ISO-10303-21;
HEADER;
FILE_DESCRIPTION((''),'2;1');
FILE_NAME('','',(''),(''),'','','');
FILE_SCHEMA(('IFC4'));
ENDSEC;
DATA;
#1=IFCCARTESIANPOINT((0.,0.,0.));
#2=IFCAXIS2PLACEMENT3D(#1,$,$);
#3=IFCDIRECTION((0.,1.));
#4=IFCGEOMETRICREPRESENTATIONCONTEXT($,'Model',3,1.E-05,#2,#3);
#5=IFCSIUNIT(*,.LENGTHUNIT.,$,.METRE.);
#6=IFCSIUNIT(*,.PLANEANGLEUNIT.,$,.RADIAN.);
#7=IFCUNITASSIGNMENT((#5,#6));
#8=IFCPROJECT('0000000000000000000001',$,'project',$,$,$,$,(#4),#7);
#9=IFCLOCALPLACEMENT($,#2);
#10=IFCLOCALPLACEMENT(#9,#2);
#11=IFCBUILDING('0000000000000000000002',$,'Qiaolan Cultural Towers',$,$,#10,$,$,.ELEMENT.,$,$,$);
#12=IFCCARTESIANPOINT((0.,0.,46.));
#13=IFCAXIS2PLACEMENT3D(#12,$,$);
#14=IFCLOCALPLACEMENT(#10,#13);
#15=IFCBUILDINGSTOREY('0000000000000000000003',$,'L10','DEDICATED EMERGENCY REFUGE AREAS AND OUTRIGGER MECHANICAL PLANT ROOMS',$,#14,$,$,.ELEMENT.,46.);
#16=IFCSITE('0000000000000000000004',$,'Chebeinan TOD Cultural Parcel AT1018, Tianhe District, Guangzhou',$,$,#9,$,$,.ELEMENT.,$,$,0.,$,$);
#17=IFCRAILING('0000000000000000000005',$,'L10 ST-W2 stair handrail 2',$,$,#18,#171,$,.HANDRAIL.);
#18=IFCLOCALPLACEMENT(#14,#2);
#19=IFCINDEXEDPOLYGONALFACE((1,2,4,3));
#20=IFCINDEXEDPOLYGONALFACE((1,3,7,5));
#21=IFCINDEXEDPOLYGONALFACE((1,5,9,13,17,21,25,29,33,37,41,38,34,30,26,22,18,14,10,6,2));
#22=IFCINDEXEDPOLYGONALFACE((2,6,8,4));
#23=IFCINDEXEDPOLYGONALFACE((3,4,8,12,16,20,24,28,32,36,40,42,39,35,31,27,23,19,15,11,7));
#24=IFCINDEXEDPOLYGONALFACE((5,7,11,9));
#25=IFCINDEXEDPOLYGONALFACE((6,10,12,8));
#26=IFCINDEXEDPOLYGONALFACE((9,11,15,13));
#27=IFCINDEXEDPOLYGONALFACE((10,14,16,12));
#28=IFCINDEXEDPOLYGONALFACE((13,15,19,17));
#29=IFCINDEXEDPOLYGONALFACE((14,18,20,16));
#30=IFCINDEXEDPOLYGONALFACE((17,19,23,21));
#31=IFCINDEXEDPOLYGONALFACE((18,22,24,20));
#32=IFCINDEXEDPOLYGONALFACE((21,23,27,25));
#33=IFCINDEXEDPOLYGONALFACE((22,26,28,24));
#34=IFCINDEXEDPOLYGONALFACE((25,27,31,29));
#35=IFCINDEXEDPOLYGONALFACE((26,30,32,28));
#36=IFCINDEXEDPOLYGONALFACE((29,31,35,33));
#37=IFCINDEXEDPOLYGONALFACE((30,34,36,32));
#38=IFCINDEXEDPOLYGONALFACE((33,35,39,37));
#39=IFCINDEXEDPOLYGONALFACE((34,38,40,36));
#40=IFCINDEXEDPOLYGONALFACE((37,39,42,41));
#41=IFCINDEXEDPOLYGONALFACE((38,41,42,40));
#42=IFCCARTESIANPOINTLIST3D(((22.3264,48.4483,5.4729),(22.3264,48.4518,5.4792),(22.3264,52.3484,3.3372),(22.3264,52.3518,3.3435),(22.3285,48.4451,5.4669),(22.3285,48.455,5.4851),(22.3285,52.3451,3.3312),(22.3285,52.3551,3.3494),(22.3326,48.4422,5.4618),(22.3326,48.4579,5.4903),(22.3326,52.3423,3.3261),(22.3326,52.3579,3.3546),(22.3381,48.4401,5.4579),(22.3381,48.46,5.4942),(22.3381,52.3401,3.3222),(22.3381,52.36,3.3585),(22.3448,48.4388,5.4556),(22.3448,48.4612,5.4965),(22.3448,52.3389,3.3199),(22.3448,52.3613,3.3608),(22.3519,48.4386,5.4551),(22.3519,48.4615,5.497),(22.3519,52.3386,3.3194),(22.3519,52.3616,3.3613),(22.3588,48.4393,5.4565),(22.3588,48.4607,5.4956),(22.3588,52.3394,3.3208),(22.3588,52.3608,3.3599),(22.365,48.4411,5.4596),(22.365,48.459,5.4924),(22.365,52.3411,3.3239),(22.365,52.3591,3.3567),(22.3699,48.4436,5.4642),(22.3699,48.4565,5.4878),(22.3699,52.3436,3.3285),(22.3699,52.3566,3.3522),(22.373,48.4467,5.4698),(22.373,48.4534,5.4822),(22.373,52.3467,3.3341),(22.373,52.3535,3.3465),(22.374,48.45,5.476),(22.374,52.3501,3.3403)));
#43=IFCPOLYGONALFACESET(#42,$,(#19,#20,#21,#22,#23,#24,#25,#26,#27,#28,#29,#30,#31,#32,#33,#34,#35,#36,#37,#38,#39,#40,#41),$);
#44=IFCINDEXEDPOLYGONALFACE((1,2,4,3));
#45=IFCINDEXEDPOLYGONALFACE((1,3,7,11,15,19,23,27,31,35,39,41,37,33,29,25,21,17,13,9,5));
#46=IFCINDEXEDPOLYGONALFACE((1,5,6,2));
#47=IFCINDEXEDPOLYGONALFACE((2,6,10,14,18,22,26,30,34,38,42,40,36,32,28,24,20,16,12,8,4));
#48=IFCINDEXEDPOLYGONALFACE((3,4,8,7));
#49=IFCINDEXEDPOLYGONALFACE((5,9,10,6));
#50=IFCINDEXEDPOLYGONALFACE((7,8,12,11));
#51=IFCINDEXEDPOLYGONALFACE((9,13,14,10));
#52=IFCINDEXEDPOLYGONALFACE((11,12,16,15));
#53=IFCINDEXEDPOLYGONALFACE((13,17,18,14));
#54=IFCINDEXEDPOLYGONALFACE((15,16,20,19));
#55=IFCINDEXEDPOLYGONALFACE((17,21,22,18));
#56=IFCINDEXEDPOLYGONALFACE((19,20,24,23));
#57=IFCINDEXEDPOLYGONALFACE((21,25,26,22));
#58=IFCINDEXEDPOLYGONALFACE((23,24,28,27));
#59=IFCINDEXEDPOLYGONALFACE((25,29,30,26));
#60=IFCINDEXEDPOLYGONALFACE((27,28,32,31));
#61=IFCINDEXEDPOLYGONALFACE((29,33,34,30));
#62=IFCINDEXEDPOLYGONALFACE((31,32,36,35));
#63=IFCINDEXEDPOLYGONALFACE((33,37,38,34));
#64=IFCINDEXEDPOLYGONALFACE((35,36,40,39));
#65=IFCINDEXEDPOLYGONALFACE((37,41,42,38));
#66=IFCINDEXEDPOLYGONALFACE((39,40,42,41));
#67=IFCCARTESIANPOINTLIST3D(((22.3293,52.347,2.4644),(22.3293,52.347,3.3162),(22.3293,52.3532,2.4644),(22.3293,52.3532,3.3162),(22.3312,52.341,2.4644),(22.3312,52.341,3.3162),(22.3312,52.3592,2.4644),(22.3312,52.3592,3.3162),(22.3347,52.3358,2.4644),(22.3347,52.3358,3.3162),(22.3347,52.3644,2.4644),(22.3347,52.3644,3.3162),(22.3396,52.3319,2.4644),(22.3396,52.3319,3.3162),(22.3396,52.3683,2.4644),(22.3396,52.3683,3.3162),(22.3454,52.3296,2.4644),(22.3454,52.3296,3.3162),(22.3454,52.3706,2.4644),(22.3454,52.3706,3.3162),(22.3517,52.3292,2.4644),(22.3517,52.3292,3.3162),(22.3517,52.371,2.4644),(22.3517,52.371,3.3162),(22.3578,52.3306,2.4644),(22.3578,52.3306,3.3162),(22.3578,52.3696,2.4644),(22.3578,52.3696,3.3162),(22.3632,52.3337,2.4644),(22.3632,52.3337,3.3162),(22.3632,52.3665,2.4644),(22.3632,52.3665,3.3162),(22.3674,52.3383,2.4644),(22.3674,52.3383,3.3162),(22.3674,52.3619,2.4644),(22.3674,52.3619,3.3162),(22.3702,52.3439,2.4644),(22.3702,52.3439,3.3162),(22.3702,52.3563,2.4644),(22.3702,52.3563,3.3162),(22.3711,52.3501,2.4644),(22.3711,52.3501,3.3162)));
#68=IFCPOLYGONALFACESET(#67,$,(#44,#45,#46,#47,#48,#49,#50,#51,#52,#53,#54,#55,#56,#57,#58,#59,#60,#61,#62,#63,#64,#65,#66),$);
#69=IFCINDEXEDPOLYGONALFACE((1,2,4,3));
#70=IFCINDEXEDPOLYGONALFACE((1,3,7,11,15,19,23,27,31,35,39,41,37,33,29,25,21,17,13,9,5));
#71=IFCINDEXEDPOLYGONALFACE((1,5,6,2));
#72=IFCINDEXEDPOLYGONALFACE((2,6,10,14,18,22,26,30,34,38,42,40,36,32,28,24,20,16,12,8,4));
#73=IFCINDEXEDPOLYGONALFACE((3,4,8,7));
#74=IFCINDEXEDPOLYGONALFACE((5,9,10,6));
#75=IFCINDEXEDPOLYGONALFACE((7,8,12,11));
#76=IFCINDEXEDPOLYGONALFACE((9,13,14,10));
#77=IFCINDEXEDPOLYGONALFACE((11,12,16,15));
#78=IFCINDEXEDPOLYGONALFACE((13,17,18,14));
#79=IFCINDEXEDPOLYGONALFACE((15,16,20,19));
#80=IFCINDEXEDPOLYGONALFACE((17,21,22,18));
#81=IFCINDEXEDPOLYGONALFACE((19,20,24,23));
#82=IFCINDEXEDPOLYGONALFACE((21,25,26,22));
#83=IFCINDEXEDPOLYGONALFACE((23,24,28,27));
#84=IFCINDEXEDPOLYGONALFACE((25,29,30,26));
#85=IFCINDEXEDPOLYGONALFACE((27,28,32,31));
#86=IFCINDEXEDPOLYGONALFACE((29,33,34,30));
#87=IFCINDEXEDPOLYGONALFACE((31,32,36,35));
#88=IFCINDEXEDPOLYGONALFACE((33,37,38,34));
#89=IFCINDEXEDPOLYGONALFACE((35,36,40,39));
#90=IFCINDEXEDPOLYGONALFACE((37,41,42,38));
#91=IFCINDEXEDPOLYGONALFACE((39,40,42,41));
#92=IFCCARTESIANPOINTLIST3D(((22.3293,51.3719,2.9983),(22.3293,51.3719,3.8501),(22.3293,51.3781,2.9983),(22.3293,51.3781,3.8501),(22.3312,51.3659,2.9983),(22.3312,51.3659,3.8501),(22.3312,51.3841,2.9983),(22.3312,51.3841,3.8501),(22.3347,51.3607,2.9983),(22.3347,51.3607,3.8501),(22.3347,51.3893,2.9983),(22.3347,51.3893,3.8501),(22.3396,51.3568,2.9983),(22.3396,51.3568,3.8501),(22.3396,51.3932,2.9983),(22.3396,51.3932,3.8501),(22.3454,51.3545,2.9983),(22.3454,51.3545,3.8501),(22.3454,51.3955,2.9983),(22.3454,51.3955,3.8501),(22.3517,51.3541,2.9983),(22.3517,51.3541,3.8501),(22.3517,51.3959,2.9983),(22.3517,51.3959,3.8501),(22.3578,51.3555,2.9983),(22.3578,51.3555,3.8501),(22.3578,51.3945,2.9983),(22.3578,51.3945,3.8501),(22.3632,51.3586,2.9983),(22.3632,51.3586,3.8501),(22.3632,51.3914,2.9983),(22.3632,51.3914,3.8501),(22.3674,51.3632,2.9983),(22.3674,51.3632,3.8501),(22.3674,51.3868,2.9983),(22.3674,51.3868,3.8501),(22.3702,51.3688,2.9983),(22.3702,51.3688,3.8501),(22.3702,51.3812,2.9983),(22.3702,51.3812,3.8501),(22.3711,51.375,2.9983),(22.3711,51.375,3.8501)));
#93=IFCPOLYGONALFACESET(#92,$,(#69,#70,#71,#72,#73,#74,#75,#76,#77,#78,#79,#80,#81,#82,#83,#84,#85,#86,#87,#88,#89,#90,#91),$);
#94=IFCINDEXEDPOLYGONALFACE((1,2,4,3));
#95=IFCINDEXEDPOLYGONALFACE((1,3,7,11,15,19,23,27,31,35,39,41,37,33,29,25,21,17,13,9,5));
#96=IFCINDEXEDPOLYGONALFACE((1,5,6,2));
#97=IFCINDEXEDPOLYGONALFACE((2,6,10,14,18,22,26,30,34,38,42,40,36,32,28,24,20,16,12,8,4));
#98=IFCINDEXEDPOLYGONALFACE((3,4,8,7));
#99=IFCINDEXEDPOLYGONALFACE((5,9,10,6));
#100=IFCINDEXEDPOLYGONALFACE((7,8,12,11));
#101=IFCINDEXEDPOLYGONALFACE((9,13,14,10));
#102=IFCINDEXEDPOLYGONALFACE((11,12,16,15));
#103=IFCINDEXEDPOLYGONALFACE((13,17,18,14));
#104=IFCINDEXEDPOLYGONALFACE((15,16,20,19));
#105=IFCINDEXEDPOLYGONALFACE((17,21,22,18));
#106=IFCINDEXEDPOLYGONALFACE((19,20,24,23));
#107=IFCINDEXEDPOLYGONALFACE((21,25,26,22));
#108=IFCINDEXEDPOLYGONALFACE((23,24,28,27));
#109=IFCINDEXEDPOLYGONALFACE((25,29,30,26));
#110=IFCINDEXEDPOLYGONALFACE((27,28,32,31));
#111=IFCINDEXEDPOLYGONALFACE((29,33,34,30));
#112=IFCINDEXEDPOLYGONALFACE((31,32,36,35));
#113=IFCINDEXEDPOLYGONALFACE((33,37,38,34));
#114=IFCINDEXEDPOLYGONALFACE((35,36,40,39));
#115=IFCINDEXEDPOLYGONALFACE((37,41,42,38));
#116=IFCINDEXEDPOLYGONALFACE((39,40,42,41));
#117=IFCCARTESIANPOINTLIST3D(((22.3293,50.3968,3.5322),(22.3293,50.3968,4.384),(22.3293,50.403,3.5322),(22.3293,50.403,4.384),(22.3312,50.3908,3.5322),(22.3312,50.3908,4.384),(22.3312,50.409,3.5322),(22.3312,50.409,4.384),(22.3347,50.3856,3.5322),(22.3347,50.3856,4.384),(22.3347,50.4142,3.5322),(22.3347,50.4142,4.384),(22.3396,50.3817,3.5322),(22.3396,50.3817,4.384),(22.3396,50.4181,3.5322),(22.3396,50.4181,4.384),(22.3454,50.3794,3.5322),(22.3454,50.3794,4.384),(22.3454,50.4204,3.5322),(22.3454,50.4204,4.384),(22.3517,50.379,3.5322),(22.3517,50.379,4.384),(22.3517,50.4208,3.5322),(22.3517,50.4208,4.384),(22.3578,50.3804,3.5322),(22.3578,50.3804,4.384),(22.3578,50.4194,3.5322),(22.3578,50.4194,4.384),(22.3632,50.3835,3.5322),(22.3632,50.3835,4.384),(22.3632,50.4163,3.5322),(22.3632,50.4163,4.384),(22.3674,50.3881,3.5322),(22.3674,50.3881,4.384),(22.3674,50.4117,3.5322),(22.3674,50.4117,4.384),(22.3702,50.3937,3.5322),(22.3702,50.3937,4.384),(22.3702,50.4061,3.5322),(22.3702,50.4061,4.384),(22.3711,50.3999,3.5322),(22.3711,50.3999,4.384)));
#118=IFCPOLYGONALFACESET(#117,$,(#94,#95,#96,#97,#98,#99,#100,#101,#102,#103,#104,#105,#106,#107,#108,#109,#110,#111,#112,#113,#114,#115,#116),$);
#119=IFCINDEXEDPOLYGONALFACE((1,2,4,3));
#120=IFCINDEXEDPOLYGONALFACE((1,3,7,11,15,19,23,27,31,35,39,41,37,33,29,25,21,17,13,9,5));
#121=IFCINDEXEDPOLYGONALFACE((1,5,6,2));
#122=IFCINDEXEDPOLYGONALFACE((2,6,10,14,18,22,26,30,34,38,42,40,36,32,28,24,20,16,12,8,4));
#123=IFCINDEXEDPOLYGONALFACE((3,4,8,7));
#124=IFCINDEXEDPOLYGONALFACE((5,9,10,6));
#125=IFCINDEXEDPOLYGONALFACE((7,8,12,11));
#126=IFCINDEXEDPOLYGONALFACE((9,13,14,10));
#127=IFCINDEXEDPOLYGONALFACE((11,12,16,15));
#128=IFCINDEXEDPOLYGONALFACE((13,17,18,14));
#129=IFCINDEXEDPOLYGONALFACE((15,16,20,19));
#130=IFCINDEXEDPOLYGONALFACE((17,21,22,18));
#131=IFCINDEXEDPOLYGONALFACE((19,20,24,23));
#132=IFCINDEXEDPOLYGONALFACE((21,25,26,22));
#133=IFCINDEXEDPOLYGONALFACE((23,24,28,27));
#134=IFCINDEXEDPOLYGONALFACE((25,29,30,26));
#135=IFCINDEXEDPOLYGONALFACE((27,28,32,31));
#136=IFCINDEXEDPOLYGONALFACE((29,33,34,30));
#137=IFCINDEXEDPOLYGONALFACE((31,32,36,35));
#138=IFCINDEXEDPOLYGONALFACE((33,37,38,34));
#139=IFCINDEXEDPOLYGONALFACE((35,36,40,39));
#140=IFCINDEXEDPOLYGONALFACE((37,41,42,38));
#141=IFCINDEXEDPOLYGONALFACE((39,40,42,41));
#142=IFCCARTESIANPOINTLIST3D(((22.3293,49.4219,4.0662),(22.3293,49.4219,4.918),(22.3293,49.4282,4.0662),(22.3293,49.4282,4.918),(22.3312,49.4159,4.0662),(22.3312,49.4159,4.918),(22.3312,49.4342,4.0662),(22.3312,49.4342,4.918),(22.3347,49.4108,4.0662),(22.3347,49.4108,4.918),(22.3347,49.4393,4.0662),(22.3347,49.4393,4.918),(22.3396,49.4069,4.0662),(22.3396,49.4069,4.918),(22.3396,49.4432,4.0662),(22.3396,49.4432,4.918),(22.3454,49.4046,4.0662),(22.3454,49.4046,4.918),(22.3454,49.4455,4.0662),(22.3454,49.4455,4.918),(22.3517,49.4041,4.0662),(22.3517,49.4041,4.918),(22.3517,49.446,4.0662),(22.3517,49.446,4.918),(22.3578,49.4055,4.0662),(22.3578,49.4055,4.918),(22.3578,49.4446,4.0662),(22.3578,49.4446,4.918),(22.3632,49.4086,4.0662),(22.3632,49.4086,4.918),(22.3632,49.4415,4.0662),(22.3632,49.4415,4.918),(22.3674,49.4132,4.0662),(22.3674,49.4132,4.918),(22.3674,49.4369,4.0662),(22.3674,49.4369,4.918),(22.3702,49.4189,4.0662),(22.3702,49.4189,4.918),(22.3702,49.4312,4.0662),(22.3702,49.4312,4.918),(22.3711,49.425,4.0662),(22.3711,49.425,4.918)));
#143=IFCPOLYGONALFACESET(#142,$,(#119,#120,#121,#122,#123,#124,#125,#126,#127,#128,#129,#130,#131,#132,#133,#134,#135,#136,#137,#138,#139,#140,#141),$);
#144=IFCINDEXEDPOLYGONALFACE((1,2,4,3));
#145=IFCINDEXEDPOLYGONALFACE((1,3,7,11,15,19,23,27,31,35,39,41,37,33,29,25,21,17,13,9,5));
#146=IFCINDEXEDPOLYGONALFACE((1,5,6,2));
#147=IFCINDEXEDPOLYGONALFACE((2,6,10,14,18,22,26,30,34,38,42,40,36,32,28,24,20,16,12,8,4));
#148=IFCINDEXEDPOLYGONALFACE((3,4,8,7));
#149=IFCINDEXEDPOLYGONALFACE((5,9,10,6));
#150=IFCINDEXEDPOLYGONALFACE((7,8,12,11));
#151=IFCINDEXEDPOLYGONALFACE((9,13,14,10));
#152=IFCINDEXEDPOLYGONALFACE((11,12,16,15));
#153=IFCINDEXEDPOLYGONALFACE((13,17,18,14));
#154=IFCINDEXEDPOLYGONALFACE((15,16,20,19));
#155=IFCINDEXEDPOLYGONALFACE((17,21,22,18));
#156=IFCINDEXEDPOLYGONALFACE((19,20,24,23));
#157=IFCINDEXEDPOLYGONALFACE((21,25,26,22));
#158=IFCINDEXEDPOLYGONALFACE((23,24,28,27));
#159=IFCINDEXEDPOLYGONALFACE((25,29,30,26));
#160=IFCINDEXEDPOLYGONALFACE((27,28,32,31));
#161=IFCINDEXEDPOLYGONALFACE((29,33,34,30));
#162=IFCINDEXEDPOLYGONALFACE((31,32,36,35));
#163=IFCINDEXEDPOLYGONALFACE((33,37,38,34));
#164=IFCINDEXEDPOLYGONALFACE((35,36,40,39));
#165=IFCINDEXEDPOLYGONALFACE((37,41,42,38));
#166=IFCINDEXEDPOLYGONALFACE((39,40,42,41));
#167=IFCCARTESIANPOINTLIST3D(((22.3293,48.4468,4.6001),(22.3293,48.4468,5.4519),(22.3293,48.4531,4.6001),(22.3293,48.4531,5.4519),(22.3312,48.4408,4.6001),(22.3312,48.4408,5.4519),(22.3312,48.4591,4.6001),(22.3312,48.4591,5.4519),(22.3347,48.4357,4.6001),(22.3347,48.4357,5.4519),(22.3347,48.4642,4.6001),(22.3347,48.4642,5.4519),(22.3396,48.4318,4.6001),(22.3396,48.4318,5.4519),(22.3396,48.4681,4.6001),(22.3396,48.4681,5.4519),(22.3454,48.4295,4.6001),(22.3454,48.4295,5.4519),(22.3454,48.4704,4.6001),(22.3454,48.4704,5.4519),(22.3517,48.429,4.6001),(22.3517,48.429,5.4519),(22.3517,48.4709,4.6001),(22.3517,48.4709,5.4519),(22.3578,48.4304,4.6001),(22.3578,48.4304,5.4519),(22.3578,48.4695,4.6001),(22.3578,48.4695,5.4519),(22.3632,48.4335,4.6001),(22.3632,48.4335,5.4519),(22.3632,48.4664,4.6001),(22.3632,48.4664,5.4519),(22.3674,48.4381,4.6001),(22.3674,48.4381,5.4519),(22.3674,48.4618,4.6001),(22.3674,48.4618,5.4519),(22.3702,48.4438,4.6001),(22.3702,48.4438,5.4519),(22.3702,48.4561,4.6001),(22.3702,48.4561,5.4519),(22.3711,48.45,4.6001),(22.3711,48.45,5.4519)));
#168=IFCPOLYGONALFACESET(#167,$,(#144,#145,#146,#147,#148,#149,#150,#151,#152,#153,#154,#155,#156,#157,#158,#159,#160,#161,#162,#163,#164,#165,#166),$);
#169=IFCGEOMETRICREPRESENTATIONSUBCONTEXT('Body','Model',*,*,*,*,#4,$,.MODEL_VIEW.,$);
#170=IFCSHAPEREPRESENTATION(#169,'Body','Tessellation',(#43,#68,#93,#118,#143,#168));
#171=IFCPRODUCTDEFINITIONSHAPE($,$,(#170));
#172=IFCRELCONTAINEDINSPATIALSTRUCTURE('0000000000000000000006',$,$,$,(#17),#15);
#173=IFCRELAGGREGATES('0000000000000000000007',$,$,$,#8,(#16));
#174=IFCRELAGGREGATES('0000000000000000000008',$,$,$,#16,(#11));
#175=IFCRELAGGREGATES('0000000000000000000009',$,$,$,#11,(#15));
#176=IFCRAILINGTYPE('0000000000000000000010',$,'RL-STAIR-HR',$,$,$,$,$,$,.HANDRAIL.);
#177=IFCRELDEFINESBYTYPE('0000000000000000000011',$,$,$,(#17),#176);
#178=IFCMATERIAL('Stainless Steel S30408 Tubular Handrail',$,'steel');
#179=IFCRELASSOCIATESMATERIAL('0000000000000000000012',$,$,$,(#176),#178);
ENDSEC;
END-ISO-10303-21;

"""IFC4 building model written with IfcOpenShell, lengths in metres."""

from ifc_helpers import new_model, si_unit, direction, frame, origin, origin_2d, place, context, subcontext, project, spatial, circle, extrude, material, type_object, element, save


model = new_model("IFC4")

# Units and contexts
model_context = context("Model", 3, precision=1e-05, world=origin(), true_north=direction((0.0, 1.0)))
body_context = subcontext(model_context, "Body", "Model", "MODEL_VIEW")
ifc_project = project(units=[si_unit("LENGTHUNIT", "METRE"), si_unit("PLANEANGLEUNIT", "RADIAN")], contexts=[model_context])

# Site, building, storey
site_placement = place(None, origin())
site = spatial("IfcSite", under=ifc_project, at=site_placement, Name="Chebeinan TOD Cultural Parcel AT1018, Tianhe District, Guangzhou", CompositionType="ELEMENT", RefElevation=0.0)
building_placement = place(site_placement, origin())
building = spatial("IfcBuilding", under=site, at=building_placement, Name="Qiaolan Cultural Towers", CompositionType="ELEMENT")
storey_placement = place(building_placement, frame((0.0, 0.0, 46.0)))
storey = spatial("IfcBuildingStorey", under=building, at=storey_placement, Name="L10", Description="DEDICATED EMERGENCY REFUGE AREAS AND OUTRIGGER MECHANICAL PLANT ROOMS", CompositionType="ELEMENT", Elevation=46.0)

# Railing
ifc_material_1 = material(Name="Stainless Steel S30408 Tubular Handrail", Category="steel")
railing_type_1 = type_object("IfcRailingType", Name="RL-STAIR-HR", PredefinedType="HANDRAIL", material=ifc_material_1)
railing_1_placement = place(storey_placement, frame((22.3501, 52.3501, 2.4644)))
element("IfcRailing", 1, at=railing_1_placement, inside=storey, type_object=railing_type_1, Name="L10 ST-W2 stair handrail 2", PredefinedType="HANDRAIL", context=body_context, shape_type="SweptSolid", body=[
    extrude(circle(Radius=0.0239, at=origin_2d()), frame((0.0, 0.0, 0.876), z_axis=(0.0, -0.877101, 0.480306), x_axis=(1.0, 0.0, 0.0)), (0.0, 0.0, 1.0), 4.4465),
    extrude(circle(Radius=0.021, at=origin_2d()), origin(), (0.0, 0.0, 1.0), 0.8518),
    extrude(circle(Radius=0.021, at=origin_2d()), frame((0.0, -0.9751, 0.5339)), (0.0, 0.0, 1.0), 0.8518),
    extrude(circle(Radius=0.021, at=origin_2d()), frame((0.0, -1.9502, 1.0679)), (0.0, 0.0, 1.0), 0.8518),
    extrude(circle(Radius=0.021, at=origin_2d()), frame((0.0, -2.925, 1.6018)), (0.0, 0.0, 1.0), 0.8518),
    extrude(circle(Radius=0.021, at=origin_2d()), frame((0.0, -3.9001, 2.1357)), (0.0, 0.0, 1.0), 0.8518),
])

save(model, "model.ifc")
